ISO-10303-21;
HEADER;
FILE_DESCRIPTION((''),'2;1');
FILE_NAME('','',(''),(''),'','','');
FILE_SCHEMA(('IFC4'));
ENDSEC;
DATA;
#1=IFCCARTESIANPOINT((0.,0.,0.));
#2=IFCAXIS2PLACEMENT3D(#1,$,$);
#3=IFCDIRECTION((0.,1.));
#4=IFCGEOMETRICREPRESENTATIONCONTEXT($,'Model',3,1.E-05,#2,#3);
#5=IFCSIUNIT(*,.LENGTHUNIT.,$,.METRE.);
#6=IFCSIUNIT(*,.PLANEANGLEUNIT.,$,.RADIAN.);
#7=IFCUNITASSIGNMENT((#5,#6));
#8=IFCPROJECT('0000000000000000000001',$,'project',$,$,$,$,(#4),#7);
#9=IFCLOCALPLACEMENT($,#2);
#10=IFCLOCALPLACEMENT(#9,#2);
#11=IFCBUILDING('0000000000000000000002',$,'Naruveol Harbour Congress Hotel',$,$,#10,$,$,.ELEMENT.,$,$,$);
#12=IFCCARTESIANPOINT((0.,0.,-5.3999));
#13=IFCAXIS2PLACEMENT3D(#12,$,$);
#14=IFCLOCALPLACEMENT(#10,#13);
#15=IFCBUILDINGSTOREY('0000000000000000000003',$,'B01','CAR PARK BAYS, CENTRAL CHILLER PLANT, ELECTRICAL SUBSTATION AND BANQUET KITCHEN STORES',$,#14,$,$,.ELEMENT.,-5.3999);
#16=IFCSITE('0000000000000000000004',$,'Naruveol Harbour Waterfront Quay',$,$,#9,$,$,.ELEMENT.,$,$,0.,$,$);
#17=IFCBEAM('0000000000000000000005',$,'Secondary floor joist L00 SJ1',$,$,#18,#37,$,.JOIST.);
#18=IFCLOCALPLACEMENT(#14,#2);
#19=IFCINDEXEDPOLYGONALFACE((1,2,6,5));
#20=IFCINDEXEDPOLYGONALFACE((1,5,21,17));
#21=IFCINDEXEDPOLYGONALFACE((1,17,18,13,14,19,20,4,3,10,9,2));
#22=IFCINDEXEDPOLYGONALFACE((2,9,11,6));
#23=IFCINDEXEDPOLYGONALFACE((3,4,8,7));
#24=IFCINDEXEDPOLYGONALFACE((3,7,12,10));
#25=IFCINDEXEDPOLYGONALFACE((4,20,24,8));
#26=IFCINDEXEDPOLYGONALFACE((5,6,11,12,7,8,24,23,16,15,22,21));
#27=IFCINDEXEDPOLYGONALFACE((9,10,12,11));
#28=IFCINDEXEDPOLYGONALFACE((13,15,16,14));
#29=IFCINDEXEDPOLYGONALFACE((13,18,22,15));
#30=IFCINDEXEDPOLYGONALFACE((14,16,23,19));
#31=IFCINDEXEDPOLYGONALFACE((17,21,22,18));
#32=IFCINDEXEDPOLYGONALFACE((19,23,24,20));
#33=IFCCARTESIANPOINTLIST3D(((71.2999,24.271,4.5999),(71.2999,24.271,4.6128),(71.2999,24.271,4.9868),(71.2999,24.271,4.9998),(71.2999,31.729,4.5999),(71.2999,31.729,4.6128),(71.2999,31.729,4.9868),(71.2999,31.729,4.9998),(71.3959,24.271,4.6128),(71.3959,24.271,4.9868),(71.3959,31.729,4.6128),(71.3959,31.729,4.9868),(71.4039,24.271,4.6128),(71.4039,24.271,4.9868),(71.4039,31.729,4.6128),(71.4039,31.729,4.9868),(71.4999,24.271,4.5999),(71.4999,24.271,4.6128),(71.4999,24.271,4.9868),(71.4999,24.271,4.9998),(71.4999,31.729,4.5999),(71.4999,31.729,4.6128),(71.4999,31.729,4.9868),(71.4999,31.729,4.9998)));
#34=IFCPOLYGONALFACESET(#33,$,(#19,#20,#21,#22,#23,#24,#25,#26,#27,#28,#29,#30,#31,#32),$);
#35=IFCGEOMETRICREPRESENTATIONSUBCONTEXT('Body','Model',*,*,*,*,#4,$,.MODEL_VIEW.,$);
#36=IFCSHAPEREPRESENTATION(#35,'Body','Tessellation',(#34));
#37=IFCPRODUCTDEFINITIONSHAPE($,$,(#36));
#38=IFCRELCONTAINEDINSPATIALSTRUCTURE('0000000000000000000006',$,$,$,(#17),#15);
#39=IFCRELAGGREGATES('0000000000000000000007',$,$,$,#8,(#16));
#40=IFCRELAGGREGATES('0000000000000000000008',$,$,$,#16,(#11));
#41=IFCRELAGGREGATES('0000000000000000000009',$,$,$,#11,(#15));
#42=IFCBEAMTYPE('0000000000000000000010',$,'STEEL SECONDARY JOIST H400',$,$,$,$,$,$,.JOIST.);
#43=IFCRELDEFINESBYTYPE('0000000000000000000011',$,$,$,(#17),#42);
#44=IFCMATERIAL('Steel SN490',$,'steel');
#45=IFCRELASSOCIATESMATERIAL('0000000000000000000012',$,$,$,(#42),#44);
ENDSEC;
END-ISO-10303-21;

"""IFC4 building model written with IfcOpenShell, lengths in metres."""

from ifc_helpers import new_model, si_unit, direction, frame, origin, origin_2d, place, context, subcontext, project, spatial, i_section, extrude, material, material_profile, profile_set, type_object, element, save


model = new_model("IFC4")

# Units and contexts
model_context = context("Model", 3, precision=1e-05, world=origin(), true_north=direction((0.0, 1.0)))
body_context = subcontext(model_context, "Body", "Model", "MODEL_VIEW")
ifc_project = project(units=[si_unit("LENGTHUNIT", "METRE"), si_unit("PLANEANGLEUNIT", "RADIAN")], contexts=[model_context])

# Site, building, storey
site_placement = place(None, origin())
site = spatial("IfcSite", under=ifc_project, at=site_placement, Name="Naruveol Harbour Waterfront Quay", CompositionType="ELEMENT", RefElevation=0.0)
building_placement = place(site_placement, origin())
building = spatial("IfcBuilding", under=site, at=building_placement, Name="Naruveol Harbour Congress Hotel", CompositionType="ELEMENT")
storey_placement = place(building_placement, frame((0.0, 0.0, -5.3999)))
storey = spatial("IfcBuildingStorey", under=building, at=storey_placement, Name="B01", Description="CAR PARK BAYS, CENTRAL CHILLER PLANT, ELECTRICAL SUBSTATION AND BANQUET KITCHEN STORES", CompositionType="ELEMENT", Elevation=-5.3999)

# Beam
ifc_material_1 = material(Name="Steel SN490", Category="steel")
ifc_material_profile_1 = material_profile(ifc_material_1, i_section(OverallWidth=0.2, OverallDepth=0.3999, WebThickness=0.0081, FlangeThickness=0.0129, at=origin_2d()), Name="H-400x200x8x13")
ifc_profile_set_1 = profile_set([ifc_material_profile_1], Name="Steel SN490")
beam_type_1 = type_object("IfcBeamType", Name="STEEL SECONDARY JOIST H400", PredefinedType="JOIST", material=ifc_profile_set_1)
beam_1_placement = place(storey_placement, frame((71.3999, 24.271, 4.7998), z_axis=(0.0, 1.0, 0.0), x_axis=(-1.0, 0.0, 0.0)))
element("IfcBeam", 1, at=beam_1_placement, inside=storey, type_object=beam_type_1, Name="Secondary floor joist L00 SJ1", PredefinedType="JOIST", context=body_context, shape_type="SweptSolid", body=[
    extrude(i_section(OverallWidth=0.2, OverallDepth=0.3999, WebThickness=0.0081, FlangeThickness=0.0129, at=origin_2d()), origin(), (0.0, 0.0, 1.0), 7.458),
])

save(model, "model.ifc")
